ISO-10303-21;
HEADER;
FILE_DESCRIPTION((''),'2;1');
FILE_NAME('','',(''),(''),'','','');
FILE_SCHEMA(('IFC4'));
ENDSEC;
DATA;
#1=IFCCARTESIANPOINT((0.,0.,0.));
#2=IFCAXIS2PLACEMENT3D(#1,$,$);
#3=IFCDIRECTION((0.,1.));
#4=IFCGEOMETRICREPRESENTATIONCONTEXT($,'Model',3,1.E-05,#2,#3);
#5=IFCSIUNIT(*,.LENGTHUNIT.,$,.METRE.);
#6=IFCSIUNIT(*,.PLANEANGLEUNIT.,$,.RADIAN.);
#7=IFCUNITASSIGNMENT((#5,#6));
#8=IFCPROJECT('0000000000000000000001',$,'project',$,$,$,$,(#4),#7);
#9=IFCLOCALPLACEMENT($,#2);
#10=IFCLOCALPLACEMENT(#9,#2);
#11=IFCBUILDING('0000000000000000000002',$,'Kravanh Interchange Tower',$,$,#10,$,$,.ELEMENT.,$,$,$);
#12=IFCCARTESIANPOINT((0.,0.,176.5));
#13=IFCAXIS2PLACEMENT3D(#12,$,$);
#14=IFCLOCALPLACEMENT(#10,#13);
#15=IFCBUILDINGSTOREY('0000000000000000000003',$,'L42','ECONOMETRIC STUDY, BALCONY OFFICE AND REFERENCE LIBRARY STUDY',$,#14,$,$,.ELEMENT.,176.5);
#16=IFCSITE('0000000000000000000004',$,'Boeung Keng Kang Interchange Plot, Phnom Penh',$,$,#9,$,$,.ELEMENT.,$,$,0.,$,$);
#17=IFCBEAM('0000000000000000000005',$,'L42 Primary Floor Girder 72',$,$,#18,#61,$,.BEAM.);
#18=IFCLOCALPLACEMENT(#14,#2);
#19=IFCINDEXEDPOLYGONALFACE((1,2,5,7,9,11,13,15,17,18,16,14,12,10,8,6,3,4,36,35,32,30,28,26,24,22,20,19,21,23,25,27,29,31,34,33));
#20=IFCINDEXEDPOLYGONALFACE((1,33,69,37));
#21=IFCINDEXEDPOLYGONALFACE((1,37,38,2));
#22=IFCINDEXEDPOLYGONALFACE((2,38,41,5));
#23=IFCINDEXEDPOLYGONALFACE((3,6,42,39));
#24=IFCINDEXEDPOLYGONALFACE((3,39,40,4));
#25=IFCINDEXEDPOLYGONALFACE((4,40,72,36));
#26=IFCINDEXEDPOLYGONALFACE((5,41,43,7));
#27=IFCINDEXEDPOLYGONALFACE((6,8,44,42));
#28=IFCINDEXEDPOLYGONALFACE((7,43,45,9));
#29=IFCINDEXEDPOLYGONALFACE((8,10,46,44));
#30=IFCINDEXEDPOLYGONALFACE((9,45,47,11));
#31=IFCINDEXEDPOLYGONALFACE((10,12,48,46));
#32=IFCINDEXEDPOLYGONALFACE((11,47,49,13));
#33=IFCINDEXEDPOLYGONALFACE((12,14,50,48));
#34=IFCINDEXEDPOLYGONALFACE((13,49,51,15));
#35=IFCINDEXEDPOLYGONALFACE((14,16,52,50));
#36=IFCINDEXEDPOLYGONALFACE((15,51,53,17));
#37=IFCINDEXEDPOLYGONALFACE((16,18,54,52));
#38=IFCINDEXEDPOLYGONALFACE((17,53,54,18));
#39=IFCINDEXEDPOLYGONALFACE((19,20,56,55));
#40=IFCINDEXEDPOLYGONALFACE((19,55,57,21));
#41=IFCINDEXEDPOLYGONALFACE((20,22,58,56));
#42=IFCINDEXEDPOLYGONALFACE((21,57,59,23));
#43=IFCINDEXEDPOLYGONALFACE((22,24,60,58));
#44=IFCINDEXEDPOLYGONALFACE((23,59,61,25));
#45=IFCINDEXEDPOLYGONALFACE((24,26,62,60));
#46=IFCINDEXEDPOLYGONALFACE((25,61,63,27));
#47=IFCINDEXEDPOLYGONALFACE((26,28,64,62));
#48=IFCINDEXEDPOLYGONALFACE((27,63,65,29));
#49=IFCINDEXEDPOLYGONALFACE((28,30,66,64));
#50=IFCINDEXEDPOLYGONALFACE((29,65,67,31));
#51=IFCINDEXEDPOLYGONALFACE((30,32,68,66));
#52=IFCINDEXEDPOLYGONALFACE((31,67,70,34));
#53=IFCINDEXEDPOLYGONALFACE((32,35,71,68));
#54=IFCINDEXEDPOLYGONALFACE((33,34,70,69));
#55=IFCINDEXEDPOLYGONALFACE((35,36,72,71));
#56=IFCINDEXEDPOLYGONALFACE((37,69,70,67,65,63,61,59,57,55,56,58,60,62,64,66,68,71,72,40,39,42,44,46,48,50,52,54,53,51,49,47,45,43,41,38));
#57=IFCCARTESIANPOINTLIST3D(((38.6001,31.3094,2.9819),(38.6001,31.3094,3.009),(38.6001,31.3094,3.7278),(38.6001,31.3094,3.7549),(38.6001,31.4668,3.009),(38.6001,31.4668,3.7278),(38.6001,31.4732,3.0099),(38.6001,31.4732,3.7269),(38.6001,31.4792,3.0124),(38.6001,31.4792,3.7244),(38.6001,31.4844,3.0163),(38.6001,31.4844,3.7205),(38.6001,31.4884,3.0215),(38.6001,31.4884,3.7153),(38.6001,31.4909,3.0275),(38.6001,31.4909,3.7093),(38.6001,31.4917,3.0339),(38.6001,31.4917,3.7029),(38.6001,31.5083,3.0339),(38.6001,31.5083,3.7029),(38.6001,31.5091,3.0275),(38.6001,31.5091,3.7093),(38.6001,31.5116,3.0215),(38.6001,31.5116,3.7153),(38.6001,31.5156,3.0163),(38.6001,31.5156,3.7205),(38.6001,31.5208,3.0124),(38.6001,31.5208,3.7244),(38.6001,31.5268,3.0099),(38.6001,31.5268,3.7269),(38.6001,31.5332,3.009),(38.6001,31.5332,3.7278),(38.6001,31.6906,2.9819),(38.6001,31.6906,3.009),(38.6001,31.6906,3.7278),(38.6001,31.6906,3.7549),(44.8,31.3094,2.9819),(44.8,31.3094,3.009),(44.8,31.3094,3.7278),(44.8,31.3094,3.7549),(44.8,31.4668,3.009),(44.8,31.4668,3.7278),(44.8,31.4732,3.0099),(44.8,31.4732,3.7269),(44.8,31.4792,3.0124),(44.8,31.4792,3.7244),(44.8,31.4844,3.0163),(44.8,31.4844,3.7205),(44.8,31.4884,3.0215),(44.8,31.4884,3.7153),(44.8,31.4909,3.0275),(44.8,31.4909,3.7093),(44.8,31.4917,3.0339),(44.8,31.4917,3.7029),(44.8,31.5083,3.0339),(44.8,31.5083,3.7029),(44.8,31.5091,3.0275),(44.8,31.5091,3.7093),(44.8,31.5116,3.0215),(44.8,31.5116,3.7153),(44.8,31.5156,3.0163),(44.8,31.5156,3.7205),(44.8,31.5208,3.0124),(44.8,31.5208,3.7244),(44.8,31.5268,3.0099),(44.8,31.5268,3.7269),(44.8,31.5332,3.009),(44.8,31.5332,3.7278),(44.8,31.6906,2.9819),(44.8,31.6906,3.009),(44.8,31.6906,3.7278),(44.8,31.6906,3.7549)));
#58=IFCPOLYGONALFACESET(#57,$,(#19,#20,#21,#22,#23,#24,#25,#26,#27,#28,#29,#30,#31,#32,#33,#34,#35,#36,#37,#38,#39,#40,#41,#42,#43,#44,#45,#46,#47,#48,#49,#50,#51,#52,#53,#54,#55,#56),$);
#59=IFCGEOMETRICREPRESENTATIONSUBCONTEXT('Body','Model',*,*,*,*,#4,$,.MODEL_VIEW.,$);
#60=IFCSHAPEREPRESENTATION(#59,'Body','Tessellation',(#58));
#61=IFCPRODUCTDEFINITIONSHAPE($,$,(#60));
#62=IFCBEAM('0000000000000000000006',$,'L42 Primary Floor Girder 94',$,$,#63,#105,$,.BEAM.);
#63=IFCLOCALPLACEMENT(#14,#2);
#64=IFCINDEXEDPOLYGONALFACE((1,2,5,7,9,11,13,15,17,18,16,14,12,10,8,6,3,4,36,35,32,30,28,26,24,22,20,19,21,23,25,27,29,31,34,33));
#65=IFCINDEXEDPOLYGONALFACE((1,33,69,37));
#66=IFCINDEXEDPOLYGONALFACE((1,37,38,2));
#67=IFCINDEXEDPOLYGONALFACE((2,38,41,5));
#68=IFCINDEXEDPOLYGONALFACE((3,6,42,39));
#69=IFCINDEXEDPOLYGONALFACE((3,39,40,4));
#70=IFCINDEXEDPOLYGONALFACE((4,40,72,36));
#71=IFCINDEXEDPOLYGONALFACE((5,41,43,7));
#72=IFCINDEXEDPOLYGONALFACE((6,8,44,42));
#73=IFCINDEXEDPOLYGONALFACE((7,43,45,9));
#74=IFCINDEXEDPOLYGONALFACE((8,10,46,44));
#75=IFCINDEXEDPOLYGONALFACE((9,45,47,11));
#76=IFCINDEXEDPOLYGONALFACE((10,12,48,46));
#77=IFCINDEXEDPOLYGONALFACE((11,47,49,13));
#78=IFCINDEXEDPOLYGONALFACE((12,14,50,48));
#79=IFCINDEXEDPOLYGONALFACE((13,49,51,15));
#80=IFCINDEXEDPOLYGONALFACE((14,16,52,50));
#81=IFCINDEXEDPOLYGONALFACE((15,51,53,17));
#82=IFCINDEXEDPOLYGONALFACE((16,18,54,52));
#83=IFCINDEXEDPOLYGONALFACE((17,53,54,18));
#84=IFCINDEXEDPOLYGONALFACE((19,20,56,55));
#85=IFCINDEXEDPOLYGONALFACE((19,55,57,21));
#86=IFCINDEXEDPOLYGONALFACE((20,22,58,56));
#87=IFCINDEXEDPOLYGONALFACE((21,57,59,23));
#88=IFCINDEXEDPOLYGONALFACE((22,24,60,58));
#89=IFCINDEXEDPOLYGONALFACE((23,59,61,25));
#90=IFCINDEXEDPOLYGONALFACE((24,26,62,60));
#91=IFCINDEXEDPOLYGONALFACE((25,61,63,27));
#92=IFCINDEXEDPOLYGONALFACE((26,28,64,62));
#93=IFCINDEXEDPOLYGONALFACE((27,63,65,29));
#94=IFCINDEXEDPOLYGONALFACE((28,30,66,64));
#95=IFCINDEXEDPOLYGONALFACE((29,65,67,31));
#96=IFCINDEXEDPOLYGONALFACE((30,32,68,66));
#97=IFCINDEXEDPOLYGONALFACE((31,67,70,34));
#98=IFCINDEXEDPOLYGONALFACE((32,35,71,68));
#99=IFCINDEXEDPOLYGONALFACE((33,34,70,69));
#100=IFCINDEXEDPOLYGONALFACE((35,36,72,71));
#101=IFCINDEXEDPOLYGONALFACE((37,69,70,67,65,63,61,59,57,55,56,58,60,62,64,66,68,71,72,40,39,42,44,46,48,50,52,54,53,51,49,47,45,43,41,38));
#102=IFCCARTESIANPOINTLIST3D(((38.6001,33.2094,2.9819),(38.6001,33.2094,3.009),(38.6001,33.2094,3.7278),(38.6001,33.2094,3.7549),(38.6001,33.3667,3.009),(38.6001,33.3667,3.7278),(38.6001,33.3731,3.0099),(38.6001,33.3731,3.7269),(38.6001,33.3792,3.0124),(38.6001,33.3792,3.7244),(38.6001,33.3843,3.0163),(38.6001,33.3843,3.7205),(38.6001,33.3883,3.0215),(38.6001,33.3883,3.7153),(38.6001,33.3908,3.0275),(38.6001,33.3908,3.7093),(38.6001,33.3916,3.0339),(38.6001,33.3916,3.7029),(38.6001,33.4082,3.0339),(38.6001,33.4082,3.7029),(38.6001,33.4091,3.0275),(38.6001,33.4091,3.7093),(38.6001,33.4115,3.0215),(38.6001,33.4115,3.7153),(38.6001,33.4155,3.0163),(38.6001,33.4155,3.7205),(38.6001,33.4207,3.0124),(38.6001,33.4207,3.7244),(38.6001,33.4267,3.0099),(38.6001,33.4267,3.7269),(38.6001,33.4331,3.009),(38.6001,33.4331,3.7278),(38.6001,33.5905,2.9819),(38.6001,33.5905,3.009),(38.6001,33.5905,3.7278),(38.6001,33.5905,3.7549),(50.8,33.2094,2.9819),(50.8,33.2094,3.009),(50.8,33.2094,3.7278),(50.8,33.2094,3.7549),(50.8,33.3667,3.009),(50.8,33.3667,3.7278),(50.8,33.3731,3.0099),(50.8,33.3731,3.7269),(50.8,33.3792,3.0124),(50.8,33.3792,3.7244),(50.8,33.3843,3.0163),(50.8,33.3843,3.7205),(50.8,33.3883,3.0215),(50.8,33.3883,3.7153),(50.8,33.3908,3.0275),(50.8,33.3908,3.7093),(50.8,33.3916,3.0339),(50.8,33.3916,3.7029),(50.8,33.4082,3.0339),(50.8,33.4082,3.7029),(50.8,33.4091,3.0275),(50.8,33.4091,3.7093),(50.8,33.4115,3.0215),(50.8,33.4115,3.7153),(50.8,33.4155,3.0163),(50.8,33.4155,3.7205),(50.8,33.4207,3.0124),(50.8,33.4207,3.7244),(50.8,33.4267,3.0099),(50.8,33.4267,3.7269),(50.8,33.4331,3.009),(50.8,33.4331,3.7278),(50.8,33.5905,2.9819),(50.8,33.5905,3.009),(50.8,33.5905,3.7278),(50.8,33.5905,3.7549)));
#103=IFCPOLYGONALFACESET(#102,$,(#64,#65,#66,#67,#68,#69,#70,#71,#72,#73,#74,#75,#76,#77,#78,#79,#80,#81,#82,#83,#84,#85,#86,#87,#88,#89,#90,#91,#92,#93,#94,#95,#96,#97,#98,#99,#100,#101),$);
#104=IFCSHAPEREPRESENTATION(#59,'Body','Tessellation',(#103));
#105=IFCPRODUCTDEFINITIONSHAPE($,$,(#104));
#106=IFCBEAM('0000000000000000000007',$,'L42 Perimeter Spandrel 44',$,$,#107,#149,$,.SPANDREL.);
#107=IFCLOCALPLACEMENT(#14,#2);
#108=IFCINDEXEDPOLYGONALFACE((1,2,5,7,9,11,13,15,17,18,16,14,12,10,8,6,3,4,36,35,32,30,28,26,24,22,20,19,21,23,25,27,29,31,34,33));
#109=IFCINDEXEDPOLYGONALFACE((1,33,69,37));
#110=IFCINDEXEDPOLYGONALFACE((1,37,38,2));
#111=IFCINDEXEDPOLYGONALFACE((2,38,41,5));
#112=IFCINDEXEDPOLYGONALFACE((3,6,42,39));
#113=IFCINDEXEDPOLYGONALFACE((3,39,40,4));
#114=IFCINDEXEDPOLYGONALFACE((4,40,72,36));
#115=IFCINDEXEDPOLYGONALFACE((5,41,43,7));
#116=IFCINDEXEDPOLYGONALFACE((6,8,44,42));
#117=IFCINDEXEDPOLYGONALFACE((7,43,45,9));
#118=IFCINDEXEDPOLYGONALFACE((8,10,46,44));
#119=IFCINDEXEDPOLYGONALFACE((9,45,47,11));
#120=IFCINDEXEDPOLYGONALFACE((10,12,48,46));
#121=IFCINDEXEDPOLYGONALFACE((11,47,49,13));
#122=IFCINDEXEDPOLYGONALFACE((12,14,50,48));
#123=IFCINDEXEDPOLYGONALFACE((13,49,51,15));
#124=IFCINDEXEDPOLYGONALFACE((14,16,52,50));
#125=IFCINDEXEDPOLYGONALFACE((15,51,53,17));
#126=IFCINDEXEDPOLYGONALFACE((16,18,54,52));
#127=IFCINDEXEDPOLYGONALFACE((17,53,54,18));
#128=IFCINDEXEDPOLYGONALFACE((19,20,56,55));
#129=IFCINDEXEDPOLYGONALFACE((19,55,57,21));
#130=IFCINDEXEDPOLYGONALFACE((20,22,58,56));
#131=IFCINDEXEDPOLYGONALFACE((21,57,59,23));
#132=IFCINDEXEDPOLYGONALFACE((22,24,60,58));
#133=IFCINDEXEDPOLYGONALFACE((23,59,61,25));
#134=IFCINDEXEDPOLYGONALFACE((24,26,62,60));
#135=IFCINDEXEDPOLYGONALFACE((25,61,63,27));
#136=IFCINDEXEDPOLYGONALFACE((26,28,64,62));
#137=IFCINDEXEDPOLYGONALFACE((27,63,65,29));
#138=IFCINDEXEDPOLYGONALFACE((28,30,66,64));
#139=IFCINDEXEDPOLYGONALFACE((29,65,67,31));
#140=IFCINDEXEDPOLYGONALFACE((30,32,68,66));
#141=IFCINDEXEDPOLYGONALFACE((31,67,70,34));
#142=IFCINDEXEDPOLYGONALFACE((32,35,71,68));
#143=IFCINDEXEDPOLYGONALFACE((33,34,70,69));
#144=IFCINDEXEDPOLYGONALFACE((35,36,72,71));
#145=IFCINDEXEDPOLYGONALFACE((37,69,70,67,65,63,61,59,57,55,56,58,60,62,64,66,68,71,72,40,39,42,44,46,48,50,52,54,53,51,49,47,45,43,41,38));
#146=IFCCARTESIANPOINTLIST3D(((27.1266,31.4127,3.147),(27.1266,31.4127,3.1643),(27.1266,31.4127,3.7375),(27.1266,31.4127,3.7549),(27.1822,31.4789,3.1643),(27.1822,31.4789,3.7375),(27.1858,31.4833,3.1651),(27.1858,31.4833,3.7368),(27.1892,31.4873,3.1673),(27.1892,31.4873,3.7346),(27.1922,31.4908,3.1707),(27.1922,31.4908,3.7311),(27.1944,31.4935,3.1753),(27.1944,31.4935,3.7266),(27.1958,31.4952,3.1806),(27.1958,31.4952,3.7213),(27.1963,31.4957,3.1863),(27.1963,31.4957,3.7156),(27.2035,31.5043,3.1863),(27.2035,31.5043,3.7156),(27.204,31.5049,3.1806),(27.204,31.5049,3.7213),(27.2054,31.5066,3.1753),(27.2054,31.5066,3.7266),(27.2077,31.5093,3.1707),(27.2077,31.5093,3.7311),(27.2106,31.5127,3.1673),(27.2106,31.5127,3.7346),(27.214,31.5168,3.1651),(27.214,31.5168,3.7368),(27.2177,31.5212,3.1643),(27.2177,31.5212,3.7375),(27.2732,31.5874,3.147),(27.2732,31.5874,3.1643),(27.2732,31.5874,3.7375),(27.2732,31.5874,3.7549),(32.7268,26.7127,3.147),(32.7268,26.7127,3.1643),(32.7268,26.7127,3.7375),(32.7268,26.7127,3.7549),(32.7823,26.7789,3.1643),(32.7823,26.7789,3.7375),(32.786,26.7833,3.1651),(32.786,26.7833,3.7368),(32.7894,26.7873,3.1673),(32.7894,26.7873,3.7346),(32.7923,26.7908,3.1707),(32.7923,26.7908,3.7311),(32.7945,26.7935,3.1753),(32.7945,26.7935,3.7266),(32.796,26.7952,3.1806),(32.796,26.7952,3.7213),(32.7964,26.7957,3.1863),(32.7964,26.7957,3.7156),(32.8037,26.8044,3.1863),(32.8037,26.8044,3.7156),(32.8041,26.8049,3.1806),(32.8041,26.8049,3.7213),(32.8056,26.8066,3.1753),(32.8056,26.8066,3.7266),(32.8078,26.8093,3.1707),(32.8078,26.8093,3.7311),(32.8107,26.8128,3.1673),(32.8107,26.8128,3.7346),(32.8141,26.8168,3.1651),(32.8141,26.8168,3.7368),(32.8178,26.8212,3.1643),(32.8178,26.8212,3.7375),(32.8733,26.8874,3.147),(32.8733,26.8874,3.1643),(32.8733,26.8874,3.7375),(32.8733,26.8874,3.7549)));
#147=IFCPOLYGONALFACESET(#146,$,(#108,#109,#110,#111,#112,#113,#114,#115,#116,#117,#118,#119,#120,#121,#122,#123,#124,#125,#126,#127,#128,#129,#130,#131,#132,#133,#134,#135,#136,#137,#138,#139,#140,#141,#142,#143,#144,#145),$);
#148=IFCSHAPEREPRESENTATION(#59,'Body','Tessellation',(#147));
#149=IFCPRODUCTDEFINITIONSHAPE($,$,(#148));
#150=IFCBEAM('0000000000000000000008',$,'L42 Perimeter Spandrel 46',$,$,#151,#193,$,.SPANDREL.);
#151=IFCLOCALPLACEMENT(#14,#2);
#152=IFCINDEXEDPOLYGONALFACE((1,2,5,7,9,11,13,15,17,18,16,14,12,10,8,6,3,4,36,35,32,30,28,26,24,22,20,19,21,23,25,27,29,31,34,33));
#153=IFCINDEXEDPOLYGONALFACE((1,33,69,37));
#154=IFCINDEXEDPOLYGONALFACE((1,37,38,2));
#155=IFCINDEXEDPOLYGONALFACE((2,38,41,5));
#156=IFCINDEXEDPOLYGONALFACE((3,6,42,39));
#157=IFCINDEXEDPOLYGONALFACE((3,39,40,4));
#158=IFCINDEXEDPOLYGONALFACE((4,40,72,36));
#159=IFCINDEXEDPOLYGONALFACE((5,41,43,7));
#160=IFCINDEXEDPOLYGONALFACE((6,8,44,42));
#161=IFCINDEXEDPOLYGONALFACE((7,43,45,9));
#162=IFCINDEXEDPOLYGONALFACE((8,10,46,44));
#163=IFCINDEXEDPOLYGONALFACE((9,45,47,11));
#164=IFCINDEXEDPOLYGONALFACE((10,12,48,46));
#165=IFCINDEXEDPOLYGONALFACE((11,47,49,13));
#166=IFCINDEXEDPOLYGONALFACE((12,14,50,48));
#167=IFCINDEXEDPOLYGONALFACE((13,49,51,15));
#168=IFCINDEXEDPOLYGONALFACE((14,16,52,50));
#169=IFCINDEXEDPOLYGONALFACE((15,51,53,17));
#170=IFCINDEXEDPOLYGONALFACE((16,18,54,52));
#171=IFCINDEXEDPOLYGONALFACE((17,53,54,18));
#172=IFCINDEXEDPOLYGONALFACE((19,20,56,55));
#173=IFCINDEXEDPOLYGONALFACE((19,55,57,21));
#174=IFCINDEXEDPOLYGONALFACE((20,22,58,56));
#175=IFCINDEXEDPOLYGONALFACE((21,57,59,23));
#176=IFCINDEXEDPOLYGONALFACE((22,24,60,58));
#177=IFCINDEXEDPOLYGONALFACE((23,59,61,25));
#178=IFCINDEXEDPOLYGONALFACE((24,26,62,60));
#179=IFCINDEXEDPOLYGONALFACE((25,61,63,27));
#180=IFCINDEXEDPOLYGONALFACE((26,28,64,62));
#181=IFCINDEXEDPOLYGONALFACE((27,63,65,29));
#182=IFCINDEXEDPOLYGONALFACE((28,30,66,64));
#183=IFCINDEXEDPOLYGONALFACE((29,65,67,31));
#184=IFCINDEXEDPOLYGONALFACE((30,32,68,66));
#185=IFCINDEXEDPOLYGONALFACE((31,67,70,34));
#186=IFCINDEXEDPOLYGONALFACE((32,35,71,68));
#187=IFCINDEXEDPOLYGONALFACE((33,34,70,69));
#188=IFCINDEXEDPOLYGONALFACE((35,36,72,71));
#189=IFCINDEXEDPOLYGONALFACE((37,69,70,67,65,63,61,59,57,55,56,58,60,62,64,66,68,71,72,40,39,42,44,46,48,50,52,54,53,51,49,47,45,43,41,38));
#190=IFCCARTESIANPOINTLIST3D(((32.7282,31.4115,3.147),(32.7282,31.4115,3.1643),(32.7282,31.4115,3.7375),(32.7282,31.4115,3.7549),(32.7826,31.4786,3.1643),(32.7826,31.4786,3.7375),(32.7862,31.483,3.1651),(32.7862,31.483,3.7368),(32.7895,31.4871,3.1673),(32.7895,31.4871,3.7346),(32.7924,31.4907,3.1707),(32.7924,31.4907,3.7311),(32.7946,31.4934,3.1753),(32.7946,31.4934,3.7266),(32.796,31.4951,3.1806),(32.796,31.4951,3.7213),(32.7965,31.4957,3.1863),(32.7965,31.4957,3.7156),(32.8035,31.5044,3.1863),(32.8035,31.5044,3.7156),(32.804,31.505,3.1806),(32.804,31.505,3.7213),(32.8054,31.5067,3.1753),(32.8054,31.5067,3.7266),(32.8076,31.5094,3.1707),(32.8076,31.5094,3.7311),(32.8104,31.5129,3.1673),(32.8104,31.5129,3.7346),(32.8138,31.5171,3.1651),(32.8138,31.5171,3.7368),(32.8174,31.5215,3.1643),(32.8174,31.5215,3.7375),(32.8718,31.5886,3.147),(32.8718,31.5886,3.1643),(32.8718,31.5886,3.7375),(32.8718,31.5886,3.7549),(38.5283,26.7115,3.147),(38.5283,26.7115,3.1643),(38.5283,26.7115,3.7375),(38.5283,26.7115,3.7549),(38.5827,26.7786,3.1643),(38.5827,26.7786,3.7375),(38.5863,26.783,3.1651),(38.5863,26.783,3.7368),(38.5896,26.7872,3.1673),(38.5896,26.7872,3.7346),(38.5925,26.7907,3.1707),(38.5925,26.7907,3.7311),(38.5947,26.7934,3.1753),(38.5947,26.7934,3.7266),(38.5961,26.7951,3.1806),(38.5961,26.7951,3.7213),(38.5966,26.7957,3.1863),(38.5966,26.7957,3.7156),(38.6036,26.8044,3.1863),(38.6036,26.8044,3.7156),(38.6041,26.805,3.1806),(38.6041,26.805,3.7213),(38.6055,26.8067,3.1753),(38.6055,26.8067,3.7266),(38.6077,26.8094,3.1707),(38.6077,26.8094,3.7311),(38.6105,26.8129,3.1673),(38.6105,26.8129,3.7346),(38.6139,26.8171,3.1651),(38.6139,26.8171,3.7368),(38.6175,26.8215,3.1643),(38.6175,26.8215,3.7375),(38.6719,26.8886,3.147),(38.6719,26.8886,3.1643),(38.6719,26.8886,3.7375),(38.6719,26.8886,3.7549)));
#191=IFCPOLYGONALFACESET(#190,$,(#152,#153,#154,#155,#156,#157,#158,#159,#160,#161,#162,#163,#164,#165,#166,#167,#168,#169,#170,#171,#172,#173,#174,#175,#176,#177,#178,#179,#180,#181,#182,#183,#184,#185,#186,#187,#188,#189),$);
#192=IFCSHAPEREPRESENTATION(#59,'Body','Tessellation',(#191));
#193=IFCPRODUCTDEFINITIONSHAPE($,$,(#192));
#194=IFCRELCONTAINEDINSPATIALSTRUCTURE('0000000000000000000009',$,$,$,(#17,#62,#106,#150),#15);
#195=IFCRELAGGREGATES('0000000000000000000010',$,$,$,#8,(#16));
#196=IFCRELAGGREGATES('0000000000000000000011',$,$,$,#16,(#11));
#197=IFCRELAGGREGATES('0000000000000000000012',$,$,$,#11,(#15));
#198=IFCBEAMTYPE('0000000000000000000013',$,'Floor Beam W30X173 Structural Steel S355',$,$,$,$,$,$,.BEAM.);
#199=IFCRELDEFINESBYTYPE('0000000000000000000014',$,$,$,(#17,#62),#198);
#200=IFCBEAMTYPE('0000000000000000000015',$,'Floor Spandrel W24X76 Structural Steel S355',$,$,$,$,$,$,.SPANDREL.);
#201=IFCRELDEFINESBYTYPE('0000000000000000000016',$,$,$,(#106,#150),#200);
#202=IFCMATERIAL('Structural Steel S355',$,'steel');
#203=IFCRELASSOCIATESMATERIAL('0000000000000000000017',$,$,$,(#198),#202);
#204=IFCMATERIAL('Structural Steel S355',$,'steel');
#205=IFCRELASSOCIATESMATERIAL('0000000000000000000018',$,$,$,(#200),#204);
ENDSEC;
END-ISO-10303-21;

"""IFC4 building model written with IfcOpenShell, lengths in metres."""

from ifc_helpers import new_model, si_unit, direction, frame, origin, origin_2d, place, context, subcontext, project, spatial, i_section, extrude, material, material_profile, profile_set, type_object, element, save


model = new_model("IFC4")

# Units and contexts
model_context = context("Model", 3, precision=1e-05, world=origin(), true_north=direction((0.0, 1.0)))
body_context = subcontext(model_context, "Body", "Model", "MODEL_VIEW")
ifc_project = project(units=[si_unit("LENGTHUNIT", "METRE"), si_unit("PLANEANGLEUNIT", "RADIAN")], contexts=[model_context])

# Site, building, storey
site_placement = place(None, origin())
site = spatial("IfcSite", under=ifc_project, at=site_placement, Name="Boeung Keng Kang Interchange Plot, Phnom Penh", CompositionType="ELEMENT", RefElevation=0.0)
building_placement = place(site_placement, origin())
building = spatial("IfcBuilding", under=site, at=building_placement, Name="Kravanh Interchange Tower", CompositionType="ELEMENT")
storey_placement = place(building_placement, frame((0.0, 0.0, 176.5)))
storey = spatial("IfcBuildingStorey", under=building, at=storey_placement, Name="L42", Description="ECONOMETRIC STUDY, BALCONY OFFICE AND REFERENCE LIBRARY STUDY", CompositionType="ELEMENT", Elevation=176.5)

# Beams
ifc_material_1 = material(Name="Structural Steel S355", Category="steel")
ifc_material_profile_1 = material_profile(ifc_material_1, i_section(OverallWidth=0.3811, OverallDepth=0.7729, WebThickness=0.0166, FlangeThickness=0.0271, FilletRadius=0.0249, at=origin_2d()), Name="W30X173")
ifc_profile_set_1 = profile_set([ifc_material_profile_1], Name="Structural Steel S355")
beam_type_1 = type_object("IfcBeamType", Name="Floor Beam W30X173 Structural Steel S355", PredefinedType="BEAM", material=ifc_profile_set_1)
beam_1_placement = place(storey_placement, frame((38.6001, 31.5, 3.3684), z_axis=(1.0, 0.0, 0.0), x_axis=(0.0, 1.0, 0.0)))
element("IfcBeam", 1, at=beam_1_placement, inside=storey, type_object=beam_type_1, Name="L42 Primary Floor Girder 72", PredefinedType="BEAM", context=body_context, shape_type="SweptSolid", body=[
    extrude(i_section(OverallWidth=0.3811, OverallDepth=0.7729, WebThickness=0.0166, FlangeThickness=0.0271, FilletRadius=0.0249, at=origin_2d()), origin(), (0.0, 0.0, 1.0), 6.2),
])
beam_2_placement = place(storey_placement, frame((38.6001, 33.3999, 3.3684), z_axis=(1.0, 0.0, 0.0), x_axis=(0.0, 1.0, 0.0)))
element("IfcBeam", 2, at=beam_2_placement, inside=storey, type_object=beam_type_1, Name="L42 Primary Floor Girder 94", PredefinedType="BEAM", context=body_context, shape_type="SweptSolid", body=[
    extrude(i_section(OverallWidth=0.3811, OverallDepth=0.7729, WebThickness=0.0166, FlangeThickness=0.0271, FilletRadius=0.0249, at=origin_2d()), origin(), (0.0, 0.0, 1.0), 12.2),
])
ifc_material_2 = material(Name="Structural Steel S355", Category="steel")
ifc_material_profile_2 = material_profile(ifc_material_2, i_section(OverallWidth=0.228, OverallDepth=0.6079, WebThickness=0.0112, FlangeThickness=0.0173, FilletRadius=0.022, at=origin_2d()), Name="W24X76")
ifc_profile_set_2 = profile_set([ifc_material_profile_2], Name="Structural Steel S355")
beam_type_2 = type_object("IfcBeamType", Name="Floor Spandrel W24X76 Structural Steel S355", PredefinedType="SPANDREL", material=ifc_profile_set_2)
beam_3_placement = place(storey_placement, frame((32.8, 26.8, 3.4509), z_axis=(-0.765983, 0.642861, 0.0), x_axis=(-0.642861, -0.765983, 0.0)))
element("IfcBeam", 3, at=beam_3_placement, inside=storey, type_object=beam_type_2, Name="L42 Perimeter Spandrel 44", PredefinedType="SPANDREL", context=body_context, shape_type="SweptSolid", body=[
    extrude(i_section(OverallWidth=0.228, OverallDepth=0.6079, WebThickness=0.0112, FlangeThickness=0.0173, FilletRadius=0.022, at=origin_2d()), origin(), (0.0, 0.0, 1.0), 7.311),
])
beam_4_placement = place(storey_placement, frame((38.6001, 26.8, 3.4509), z_axis=(-0.776939, 0.629576, 0.0), x_axis=(-0.629576, -0.776939, 0.0)))
element("IfcBeam", 4, at=beam_4_placement, inside=storey, type_object=beam_type_2, Name="L42 Perimeter Spandrel 46", PredefinedType="SPANDREL", context=body_context, shape_type="SweptSolid", body=[
    extrude(i_section(OverallWidth=0.228, OverallDepth=0.6079, WebThickness=0.0112, FlangeThickness=0.0173, FilletRadius=0.022, at=origin_2d()), origin(), (0.0, 0.0, 1.0), 7.4653),
])

save(model, "model.ifc")
